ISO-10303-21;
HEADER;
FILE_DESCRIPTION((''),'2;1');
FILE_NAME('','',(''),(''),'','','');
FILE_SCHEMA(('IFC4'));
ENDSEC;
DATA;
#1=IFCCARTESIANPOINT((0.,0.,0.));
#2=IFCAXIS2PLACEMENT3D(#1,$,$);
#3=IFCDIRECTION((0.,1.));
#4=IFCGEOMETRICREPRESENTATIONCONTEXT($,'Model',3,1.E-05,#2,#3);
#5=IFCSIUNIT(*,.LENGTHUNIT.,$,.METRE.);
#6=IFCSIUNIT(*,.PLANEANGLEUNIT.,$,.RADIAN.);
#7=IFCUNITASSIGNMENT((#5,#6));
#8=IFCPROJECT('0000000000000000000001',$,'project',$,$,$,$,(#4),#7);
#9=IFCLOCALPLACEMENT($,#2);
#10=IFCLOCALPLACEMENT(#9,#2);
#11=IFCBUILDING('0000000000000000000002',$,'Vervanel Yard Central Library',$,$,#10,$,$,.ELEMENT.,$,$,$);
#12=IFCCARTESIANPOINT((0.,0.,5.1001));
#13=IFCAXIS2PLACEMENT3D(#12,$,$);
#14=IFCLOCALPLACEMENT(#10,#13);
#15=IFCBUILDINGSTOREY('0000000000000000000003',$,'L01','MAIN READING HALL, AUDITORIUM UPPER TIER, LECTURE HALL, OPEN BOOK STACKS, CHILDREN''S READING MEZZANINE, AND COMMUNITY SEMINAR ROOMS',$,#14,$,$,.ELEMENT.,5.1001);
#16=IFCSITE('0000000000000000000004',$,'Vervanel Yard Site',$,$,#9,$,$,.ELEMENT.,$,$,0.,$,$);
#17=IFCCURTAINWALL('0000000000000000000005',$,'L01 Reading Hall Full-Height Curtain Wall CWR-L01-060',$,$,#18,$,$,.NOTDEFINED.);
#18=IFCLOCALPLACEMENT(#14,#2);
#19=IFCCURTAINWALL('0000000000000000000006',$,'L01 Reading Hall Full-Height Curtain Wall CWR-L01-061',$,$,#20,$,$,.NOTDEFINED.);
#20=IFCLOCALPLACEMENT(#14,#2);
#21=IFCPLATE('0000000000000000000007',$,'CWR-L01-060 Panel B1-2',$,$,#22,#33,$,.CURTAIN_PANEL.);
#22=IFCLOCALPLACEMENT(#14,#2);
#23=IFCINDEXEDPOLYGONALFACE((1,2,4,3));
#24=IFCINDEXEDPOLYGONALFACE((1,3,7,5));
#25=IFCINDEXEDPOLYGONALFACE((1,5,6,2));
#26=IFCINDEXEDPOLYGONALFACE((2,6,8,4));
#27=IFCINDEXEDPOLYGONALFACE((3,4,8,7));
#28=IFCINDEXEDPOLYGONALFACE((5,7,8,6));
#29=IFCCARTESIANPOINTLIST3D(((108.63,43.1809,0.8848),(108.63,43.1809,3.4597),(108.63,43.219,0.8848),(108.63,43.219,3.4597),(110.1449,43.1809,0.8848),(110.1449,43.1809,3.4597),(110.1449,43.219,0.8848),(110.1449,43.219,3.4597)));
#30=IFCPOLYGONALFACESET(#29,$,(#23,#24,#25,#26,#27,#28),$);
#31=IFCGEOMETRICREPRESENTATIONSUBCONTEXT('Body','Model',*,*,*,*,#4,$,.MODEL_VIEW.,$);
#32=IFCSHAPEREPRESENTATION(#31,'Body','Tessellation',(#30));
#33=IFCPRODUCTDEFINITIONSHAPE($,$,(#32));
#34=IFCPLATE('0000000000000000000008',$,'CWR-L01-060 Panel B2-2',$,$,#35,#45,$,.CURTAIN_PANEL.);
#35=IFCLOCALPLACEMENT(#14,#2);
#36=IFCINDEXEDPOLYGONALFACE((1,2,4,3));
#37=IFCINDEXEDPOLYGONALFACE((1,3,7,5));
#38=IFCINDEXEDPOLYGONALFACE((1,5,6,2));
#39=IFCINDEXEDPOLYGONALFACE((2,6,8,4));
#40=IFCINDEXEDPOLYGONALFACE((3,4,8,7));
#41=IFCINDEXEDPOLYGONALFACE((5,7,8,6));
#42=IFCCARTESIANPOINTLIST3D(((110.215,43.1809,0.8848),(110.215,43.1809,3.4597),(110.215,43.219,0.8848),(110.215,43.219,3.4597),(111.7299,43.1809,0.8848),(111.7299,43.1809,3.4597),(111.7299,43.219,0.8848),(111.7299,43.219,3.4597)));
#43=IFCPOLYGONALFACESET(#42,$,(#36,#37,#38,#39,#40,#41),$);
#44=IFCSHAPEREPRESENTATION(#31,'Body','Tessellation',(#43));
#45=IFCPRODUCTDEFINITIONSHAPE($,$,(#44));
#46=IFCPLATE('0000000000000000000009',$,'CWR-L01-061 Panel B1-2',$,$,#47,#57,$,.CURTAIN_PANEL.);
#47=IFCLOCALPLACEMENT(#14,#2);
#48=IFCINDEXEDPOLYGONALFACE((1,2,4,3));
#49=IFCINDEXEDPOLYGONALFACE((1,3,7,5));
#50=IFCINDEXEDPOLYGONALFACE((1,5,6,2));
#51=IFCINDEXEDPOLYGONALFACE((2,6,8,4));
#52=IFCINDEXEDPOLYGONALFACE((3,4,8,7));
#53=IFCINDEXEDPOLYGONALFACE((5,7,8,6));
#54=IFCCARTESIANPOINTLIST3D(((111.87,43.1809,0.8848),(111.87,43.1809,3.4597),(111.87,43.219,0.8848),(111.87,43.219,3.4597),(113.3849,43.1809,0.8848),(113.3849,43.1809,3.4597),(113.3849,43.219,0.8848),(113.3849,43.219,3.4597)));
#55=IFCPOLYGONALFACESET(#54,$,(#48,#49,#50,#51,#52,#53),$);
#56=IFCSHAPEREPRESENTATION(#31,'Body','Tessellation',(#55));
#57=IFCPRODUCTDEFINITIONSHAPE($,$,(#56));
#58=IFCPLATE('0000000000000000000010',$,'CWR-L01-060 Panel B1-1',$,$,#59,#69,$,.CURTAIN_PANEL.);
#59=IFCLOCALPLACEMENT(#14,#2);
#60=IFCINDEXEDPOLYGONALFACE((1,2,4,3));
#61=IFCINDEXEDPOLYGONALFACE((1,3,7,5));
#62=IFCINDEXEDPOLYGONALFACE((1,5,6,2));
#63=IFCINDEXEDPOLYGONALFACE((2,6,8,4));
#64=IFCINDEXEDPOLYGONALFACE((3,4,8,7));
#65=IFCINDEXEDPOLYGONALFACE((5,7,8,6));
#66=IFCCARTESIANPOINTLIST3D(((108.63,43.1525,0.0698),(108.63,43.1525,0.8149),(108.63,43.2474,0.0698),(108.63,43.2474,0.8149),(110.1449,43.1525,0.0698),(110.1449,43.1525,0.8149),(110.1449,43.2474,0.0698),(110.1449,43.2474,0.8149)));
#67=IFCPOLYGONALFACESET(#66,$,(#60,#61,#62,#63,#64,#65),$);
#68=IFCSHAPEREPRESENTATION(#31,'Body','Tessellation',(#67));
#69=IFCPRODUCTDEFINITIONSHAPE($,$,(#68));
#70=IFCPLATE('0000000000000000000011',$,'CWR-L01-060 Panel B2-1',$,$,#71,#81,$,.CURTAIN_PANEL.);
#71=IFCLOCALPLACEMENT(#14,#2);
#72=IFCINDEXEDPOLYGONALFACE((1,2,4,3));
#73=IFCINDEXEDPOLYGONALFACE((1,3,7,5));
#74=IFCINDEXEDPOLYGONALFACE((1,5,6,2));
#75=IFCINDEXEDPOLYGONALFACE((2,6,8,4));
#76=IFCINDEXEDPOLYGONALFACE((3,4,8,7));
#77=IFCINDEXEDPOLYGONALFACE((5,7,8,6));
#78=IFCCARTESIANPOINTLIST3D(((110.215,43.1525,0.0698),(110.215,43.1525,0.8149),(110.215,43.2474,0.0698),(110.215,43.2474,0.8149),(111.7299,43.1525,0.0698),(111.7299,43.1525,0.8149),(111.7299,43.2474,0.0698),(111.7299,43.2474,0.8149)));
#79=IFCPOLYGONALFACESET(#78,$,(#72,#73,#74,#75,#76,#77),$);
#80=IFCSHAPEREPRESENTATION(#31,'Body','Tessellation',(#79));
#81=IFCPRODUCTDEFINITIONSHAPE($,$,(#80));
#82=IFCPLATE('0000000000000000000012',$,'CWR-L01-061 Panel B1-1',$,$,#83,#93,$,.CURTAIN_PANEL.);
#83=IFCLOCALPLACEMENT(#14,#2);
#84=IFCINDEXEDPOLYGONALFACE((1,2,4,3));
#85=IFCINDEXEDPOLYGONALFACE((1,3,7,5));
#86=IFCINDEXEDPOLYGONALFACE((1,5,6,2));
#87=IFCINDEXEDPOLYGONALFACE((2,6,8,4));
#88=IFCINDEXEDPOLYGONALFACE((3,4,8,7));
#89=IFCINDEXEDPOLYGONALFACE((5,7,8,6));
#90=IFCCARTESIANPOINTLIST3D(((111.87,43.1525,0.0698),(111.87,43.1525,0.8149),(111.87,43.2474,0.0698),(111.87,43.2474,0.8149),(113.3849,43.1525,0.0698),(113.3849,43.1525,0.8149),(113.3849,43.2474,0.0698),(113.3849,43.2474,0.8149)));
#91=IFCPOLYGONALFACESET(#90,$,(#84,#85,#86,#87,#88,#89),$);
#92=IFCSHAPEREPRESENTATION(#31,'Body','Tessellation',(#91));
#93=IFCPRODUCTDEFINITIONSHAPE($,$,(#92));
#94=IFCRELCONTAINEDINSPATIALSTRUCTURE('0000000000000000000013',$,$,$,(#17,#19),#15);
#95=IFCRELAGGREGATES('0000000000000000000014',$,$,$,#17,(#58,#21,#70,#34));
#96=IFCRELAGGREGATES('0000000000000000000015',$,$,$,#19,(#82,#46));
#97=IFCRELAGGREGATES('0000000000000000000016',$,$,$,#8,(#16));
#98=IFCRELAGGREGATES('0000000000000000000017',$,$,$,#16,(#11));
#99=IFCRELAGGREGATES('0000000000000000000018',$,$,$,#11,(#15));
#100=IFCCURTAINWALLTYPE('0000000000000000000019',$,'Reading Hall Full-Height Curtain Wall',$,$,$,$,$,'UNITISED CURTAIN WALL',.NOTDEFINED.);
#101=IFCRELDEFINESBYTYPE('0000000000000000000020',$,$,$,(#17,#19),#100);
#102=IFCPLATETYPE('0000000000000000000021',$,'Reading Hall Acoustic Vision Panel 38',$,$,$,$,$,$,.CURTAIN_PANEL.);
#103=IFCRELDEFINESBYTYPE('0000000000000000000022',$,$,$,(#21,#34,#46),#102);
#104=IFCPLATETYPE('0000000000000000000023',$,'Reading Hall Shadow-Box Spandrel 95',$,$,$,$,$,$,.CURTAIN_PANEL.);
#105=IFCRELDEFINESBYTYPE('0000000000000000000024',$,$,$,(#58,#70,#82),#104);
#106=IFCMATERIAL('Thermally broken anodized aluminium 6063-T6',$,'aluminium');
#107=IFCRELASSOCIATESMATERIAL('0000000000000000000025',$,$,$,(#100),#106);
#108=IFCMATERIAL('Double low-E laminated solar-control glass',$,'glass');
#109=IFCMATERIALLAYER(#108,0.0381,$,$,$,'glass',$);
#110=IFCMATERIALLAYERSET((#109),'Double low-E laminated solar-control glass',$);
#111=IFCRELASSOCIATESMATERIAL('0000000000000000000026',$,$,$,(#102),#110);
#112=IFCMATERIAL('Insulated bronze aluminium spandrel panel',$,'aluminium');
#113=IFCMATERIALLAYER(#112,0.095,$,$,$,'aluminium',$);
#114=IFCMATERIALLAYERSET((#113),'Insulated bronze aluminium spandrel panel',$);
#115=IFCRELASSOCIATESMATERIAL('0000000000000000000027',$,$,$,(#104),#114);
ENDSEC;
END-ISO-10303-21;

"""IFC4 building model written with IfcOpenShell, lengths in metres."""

from ifc_helpers import new_model, si_unit, direction, frame, origin, origin_2d, place, context, subcontext, project, spatial, rectangle, extrude, material, layer, layer_set, type_object, element, aggregate, save


model = new_model("IFC4")

# Units and contexts
model_context = context("Model", 3, precision=1e-05, world=origin(), true_north=direction((0.0, 1.0)))
body_context = subcontext(model_context, "Body", "Model", "MODEL_VIEW")
ifc_project = project(units=[si_unit("LENGTHUNIT", "METRE"), si_unit("PLANEANGLEUNIT", "RADIAN")], contexts=[model_context])

# Site, building, storey
site_placement = place(None, origin())
site = spatial("IfcSite", under=ifc_project, at=site_placement, Name="Vervanel Yard Site", CompositionType="ELEMENT", RefElevation=0.0)
building_placement = place(site_placement, origin())
building = spatial("IfcBuilding", under=site, at=building_placement, Name="Vervanel Yard Central Library", CompositionType="ELEMENT")
storey_placement = place(building_placement, frame((0.0, 0.0, 5.1001)))
storey = spatial("IfcBuildingStorey", under=building, at=storey_placement, Name="L01", Description="MAIN READING HALL, AUDITORIUM UPPER TIER, LECTURE HALL, OPEN BOOK STACKS, CHILDREN'S READING MEZZANINE, AND COMMUNITY SEMINAR ROOMS", CompositionType="ELEMENT", Elevation=5.1001)

# Curtain walls
ifc_material_1 = material(Name="Thermally broken anodized aluminium 6063-T6", Category="aluminium")
curtain_wall_type = type_object("IfcCurtainWallType", Name="Reading Hall Full-Height Curtain Wall", ElementType="UNITISED CURTAIN WALL", PredefinedType="NOTDEFINED", material=ifc_material_1)
curtain_wall_1_placement = place(storey_placement, origin())
curtain_wall_1 = element("IfcCurtainWall", 1, at=curtain_wall_1_placement, inside=storey, type_object=curtain_wall_type, Name="L01 Reading Hall Full-Height Curtain Wall CWR-L01-060", PredefinedType="NOTDEFINED")
curtain_wall_2_placement = place(storey_placement, origin())
curtain_wall_2 = element("IfcCurtainWall", 2, at=curtain_wall_2_placement, inside=storey, type_object=curtain_wall_type, Name="L01 Reading Hall Full-Height Curtain Wall CWR-L01-061", PredefinedType="NOTDEFINED")

# Plates
ifc_material_2 = material(Name="Double low-E laminated solar-control glass", Category="glass")
ifc_layer_1 = layer(ifc_material_2, 0.0381, Category="glass")
ifc_layer_set_1 = layer_set([ifc_layer_1], Name="Double low-E laminated solar-control glass")
plate_type_1 = type_object("IfcPlateType", Name="Reading Hall Acoustic Vision Panel 38", PredefinedType="CURTAIN_PANEL", material=ifc_layer_set_1)
plate_1_placement = place(storey_placement, frame((109.3875, 43.2, 0.8848), z_axis=(0.0, 0.0, 1.0), x_axis=(1.0, 0.0, 0.0)))
plate_1 = element("IfcPlate", 3, at=plate_1_placement, type_object=plate_type_1, Name="CWR-L01-060 Panel B1-2", PredefinedType="CURTAIN_PANEL", context=body_context, shape_type="SweptSolid", body=[
    extrude(rectangle(XDim=1.5149, YDim=0.0381, at=origin_2d()), origin(), (0.0, 0.0, 1.0), 2.575),
])
plate_2_placement = place(storey_placement, frame((110.9724, 43.2, 0.8848), z_axis=(0.0, 0.0, 1.0), x_axis=(1.0, 0.0, 0.0)))
plate_2 = element("IfcPlate", 4, at=plate_2_placement, type_object=plate_type_1, Name="CWR-L01-060 Panel B2-2", PredefinedType="CURTAIN_PANEL", context=body_context, shape_type="SweptSolid", body=[
    extrude(rectangle(XDim=1.5149, YDim=0.0381, at=origin_2d()), origin(), (0.0, 0.0, 1.0), 2.575),
])
plate_3_placement = place(storey_placement, frame((112.6274, 43.2, 0.8848), z_axis=(0.0, 0.0, 1.0), x_axis=(1.0, 0.0, 0.0)))
plate_3 = element("IfcPlate", 5, at=plate_3_placement, type_object=plate_type_1, Name="CWR-L01-061 Panel B1-2", PredefinedType="CURTAIN_PANEL", context=body_context, shape_type="SweptSolid", body=[
    extrude(rectangle(XDim=1.5149, YDim=0.0381, at=origin_2d()), origin(), (0.0, 0.0, 1.0), 2.575),
])
ifc_material_3 = material(Name="Insulated bronze aluminium spandrel panel", Category="aluminium")
ifc_layer_2 = layer(ifc_material_3, 0.095, Category="aluminium")
ifc_layer_set_2 = layer_set([ifc_layer_2], Name="Insulated bronze aluminium spandrel panel")
plate_type_2 = type_object("IfcPlateType", Name="Reading Hall Shadow-Box Spandrel 95", PredefinedType="CURTAIN_PANEL", material=ifc_layer_set_2)
plate_4_placement = place(storey_placement, frame((109.3875, 43.2, 0.0698), z_axis=(0.0, 0.0, 1.0), x_axis=(1.0, 0.0, 0.0)))
plate_4 = element("IfcPlate", 6, at=plate_4_placement, type_object=plate_type_2, Name="CWR-L01-060 Panel B1-1", PredefinedType="CURTAIN_PANEL", context=body_context, shape_type="SweptSolid", body=[
    extrude(rectangle(XDim=1.5149, YDim=0.095, at=origin_2d()), origin(), (0.0, 0.0, 1.0), 0.7451),
])
plate_5_placement = place(storey_placement, frame((110.9724, 43.2, 0.0698), z_axis=(0.0, 0.0, 1.0), x_axis=(1.0, 0.0, 0.0)))
plate_5 = element("IfcPlate", 7, at=plate_5_placement, type_object=plate_type_2, Name="CWR-L01-060 Panel B2-1", PredefinedType="CURTAIN_PANEL", context=body_context, shape_type="SweptSolid", body=[
    extrude(rectangle(XDim=1.5149, YDim=0.095, at=origin_2d()), origin(), (0.0, 0.0, 1.0), 0.7451),
])
aggregate(curtain_wall_1, [plate_4, plate_1, plate_5, plate_2])
plate_6_placement = place(storey_placement, frame((112.6274, 43.2, 0.0698), z_axis=(0.0, 0.0, 1.0), x_axis=(1.0, 0.0, 0.0)))
plate_6 = element("IfcPlate", 8, at=plate_6_placement, type_object=plate_type_2, Name="CWR-L01-061 Panel B1-1", PredefinedType="CURTAIN_PANEL", context=body_context, shape_type="SweptSolid", body=[
    extrude(rectangle(XDim=1.5149, YDim=0.095, at=origin_2d()), origin(), (0.0, 0.0, 1.0), 0.7451),
])
aggregate(curtain_wall_2, [plate_6, plate_3])

save(model, "model.ifc")
